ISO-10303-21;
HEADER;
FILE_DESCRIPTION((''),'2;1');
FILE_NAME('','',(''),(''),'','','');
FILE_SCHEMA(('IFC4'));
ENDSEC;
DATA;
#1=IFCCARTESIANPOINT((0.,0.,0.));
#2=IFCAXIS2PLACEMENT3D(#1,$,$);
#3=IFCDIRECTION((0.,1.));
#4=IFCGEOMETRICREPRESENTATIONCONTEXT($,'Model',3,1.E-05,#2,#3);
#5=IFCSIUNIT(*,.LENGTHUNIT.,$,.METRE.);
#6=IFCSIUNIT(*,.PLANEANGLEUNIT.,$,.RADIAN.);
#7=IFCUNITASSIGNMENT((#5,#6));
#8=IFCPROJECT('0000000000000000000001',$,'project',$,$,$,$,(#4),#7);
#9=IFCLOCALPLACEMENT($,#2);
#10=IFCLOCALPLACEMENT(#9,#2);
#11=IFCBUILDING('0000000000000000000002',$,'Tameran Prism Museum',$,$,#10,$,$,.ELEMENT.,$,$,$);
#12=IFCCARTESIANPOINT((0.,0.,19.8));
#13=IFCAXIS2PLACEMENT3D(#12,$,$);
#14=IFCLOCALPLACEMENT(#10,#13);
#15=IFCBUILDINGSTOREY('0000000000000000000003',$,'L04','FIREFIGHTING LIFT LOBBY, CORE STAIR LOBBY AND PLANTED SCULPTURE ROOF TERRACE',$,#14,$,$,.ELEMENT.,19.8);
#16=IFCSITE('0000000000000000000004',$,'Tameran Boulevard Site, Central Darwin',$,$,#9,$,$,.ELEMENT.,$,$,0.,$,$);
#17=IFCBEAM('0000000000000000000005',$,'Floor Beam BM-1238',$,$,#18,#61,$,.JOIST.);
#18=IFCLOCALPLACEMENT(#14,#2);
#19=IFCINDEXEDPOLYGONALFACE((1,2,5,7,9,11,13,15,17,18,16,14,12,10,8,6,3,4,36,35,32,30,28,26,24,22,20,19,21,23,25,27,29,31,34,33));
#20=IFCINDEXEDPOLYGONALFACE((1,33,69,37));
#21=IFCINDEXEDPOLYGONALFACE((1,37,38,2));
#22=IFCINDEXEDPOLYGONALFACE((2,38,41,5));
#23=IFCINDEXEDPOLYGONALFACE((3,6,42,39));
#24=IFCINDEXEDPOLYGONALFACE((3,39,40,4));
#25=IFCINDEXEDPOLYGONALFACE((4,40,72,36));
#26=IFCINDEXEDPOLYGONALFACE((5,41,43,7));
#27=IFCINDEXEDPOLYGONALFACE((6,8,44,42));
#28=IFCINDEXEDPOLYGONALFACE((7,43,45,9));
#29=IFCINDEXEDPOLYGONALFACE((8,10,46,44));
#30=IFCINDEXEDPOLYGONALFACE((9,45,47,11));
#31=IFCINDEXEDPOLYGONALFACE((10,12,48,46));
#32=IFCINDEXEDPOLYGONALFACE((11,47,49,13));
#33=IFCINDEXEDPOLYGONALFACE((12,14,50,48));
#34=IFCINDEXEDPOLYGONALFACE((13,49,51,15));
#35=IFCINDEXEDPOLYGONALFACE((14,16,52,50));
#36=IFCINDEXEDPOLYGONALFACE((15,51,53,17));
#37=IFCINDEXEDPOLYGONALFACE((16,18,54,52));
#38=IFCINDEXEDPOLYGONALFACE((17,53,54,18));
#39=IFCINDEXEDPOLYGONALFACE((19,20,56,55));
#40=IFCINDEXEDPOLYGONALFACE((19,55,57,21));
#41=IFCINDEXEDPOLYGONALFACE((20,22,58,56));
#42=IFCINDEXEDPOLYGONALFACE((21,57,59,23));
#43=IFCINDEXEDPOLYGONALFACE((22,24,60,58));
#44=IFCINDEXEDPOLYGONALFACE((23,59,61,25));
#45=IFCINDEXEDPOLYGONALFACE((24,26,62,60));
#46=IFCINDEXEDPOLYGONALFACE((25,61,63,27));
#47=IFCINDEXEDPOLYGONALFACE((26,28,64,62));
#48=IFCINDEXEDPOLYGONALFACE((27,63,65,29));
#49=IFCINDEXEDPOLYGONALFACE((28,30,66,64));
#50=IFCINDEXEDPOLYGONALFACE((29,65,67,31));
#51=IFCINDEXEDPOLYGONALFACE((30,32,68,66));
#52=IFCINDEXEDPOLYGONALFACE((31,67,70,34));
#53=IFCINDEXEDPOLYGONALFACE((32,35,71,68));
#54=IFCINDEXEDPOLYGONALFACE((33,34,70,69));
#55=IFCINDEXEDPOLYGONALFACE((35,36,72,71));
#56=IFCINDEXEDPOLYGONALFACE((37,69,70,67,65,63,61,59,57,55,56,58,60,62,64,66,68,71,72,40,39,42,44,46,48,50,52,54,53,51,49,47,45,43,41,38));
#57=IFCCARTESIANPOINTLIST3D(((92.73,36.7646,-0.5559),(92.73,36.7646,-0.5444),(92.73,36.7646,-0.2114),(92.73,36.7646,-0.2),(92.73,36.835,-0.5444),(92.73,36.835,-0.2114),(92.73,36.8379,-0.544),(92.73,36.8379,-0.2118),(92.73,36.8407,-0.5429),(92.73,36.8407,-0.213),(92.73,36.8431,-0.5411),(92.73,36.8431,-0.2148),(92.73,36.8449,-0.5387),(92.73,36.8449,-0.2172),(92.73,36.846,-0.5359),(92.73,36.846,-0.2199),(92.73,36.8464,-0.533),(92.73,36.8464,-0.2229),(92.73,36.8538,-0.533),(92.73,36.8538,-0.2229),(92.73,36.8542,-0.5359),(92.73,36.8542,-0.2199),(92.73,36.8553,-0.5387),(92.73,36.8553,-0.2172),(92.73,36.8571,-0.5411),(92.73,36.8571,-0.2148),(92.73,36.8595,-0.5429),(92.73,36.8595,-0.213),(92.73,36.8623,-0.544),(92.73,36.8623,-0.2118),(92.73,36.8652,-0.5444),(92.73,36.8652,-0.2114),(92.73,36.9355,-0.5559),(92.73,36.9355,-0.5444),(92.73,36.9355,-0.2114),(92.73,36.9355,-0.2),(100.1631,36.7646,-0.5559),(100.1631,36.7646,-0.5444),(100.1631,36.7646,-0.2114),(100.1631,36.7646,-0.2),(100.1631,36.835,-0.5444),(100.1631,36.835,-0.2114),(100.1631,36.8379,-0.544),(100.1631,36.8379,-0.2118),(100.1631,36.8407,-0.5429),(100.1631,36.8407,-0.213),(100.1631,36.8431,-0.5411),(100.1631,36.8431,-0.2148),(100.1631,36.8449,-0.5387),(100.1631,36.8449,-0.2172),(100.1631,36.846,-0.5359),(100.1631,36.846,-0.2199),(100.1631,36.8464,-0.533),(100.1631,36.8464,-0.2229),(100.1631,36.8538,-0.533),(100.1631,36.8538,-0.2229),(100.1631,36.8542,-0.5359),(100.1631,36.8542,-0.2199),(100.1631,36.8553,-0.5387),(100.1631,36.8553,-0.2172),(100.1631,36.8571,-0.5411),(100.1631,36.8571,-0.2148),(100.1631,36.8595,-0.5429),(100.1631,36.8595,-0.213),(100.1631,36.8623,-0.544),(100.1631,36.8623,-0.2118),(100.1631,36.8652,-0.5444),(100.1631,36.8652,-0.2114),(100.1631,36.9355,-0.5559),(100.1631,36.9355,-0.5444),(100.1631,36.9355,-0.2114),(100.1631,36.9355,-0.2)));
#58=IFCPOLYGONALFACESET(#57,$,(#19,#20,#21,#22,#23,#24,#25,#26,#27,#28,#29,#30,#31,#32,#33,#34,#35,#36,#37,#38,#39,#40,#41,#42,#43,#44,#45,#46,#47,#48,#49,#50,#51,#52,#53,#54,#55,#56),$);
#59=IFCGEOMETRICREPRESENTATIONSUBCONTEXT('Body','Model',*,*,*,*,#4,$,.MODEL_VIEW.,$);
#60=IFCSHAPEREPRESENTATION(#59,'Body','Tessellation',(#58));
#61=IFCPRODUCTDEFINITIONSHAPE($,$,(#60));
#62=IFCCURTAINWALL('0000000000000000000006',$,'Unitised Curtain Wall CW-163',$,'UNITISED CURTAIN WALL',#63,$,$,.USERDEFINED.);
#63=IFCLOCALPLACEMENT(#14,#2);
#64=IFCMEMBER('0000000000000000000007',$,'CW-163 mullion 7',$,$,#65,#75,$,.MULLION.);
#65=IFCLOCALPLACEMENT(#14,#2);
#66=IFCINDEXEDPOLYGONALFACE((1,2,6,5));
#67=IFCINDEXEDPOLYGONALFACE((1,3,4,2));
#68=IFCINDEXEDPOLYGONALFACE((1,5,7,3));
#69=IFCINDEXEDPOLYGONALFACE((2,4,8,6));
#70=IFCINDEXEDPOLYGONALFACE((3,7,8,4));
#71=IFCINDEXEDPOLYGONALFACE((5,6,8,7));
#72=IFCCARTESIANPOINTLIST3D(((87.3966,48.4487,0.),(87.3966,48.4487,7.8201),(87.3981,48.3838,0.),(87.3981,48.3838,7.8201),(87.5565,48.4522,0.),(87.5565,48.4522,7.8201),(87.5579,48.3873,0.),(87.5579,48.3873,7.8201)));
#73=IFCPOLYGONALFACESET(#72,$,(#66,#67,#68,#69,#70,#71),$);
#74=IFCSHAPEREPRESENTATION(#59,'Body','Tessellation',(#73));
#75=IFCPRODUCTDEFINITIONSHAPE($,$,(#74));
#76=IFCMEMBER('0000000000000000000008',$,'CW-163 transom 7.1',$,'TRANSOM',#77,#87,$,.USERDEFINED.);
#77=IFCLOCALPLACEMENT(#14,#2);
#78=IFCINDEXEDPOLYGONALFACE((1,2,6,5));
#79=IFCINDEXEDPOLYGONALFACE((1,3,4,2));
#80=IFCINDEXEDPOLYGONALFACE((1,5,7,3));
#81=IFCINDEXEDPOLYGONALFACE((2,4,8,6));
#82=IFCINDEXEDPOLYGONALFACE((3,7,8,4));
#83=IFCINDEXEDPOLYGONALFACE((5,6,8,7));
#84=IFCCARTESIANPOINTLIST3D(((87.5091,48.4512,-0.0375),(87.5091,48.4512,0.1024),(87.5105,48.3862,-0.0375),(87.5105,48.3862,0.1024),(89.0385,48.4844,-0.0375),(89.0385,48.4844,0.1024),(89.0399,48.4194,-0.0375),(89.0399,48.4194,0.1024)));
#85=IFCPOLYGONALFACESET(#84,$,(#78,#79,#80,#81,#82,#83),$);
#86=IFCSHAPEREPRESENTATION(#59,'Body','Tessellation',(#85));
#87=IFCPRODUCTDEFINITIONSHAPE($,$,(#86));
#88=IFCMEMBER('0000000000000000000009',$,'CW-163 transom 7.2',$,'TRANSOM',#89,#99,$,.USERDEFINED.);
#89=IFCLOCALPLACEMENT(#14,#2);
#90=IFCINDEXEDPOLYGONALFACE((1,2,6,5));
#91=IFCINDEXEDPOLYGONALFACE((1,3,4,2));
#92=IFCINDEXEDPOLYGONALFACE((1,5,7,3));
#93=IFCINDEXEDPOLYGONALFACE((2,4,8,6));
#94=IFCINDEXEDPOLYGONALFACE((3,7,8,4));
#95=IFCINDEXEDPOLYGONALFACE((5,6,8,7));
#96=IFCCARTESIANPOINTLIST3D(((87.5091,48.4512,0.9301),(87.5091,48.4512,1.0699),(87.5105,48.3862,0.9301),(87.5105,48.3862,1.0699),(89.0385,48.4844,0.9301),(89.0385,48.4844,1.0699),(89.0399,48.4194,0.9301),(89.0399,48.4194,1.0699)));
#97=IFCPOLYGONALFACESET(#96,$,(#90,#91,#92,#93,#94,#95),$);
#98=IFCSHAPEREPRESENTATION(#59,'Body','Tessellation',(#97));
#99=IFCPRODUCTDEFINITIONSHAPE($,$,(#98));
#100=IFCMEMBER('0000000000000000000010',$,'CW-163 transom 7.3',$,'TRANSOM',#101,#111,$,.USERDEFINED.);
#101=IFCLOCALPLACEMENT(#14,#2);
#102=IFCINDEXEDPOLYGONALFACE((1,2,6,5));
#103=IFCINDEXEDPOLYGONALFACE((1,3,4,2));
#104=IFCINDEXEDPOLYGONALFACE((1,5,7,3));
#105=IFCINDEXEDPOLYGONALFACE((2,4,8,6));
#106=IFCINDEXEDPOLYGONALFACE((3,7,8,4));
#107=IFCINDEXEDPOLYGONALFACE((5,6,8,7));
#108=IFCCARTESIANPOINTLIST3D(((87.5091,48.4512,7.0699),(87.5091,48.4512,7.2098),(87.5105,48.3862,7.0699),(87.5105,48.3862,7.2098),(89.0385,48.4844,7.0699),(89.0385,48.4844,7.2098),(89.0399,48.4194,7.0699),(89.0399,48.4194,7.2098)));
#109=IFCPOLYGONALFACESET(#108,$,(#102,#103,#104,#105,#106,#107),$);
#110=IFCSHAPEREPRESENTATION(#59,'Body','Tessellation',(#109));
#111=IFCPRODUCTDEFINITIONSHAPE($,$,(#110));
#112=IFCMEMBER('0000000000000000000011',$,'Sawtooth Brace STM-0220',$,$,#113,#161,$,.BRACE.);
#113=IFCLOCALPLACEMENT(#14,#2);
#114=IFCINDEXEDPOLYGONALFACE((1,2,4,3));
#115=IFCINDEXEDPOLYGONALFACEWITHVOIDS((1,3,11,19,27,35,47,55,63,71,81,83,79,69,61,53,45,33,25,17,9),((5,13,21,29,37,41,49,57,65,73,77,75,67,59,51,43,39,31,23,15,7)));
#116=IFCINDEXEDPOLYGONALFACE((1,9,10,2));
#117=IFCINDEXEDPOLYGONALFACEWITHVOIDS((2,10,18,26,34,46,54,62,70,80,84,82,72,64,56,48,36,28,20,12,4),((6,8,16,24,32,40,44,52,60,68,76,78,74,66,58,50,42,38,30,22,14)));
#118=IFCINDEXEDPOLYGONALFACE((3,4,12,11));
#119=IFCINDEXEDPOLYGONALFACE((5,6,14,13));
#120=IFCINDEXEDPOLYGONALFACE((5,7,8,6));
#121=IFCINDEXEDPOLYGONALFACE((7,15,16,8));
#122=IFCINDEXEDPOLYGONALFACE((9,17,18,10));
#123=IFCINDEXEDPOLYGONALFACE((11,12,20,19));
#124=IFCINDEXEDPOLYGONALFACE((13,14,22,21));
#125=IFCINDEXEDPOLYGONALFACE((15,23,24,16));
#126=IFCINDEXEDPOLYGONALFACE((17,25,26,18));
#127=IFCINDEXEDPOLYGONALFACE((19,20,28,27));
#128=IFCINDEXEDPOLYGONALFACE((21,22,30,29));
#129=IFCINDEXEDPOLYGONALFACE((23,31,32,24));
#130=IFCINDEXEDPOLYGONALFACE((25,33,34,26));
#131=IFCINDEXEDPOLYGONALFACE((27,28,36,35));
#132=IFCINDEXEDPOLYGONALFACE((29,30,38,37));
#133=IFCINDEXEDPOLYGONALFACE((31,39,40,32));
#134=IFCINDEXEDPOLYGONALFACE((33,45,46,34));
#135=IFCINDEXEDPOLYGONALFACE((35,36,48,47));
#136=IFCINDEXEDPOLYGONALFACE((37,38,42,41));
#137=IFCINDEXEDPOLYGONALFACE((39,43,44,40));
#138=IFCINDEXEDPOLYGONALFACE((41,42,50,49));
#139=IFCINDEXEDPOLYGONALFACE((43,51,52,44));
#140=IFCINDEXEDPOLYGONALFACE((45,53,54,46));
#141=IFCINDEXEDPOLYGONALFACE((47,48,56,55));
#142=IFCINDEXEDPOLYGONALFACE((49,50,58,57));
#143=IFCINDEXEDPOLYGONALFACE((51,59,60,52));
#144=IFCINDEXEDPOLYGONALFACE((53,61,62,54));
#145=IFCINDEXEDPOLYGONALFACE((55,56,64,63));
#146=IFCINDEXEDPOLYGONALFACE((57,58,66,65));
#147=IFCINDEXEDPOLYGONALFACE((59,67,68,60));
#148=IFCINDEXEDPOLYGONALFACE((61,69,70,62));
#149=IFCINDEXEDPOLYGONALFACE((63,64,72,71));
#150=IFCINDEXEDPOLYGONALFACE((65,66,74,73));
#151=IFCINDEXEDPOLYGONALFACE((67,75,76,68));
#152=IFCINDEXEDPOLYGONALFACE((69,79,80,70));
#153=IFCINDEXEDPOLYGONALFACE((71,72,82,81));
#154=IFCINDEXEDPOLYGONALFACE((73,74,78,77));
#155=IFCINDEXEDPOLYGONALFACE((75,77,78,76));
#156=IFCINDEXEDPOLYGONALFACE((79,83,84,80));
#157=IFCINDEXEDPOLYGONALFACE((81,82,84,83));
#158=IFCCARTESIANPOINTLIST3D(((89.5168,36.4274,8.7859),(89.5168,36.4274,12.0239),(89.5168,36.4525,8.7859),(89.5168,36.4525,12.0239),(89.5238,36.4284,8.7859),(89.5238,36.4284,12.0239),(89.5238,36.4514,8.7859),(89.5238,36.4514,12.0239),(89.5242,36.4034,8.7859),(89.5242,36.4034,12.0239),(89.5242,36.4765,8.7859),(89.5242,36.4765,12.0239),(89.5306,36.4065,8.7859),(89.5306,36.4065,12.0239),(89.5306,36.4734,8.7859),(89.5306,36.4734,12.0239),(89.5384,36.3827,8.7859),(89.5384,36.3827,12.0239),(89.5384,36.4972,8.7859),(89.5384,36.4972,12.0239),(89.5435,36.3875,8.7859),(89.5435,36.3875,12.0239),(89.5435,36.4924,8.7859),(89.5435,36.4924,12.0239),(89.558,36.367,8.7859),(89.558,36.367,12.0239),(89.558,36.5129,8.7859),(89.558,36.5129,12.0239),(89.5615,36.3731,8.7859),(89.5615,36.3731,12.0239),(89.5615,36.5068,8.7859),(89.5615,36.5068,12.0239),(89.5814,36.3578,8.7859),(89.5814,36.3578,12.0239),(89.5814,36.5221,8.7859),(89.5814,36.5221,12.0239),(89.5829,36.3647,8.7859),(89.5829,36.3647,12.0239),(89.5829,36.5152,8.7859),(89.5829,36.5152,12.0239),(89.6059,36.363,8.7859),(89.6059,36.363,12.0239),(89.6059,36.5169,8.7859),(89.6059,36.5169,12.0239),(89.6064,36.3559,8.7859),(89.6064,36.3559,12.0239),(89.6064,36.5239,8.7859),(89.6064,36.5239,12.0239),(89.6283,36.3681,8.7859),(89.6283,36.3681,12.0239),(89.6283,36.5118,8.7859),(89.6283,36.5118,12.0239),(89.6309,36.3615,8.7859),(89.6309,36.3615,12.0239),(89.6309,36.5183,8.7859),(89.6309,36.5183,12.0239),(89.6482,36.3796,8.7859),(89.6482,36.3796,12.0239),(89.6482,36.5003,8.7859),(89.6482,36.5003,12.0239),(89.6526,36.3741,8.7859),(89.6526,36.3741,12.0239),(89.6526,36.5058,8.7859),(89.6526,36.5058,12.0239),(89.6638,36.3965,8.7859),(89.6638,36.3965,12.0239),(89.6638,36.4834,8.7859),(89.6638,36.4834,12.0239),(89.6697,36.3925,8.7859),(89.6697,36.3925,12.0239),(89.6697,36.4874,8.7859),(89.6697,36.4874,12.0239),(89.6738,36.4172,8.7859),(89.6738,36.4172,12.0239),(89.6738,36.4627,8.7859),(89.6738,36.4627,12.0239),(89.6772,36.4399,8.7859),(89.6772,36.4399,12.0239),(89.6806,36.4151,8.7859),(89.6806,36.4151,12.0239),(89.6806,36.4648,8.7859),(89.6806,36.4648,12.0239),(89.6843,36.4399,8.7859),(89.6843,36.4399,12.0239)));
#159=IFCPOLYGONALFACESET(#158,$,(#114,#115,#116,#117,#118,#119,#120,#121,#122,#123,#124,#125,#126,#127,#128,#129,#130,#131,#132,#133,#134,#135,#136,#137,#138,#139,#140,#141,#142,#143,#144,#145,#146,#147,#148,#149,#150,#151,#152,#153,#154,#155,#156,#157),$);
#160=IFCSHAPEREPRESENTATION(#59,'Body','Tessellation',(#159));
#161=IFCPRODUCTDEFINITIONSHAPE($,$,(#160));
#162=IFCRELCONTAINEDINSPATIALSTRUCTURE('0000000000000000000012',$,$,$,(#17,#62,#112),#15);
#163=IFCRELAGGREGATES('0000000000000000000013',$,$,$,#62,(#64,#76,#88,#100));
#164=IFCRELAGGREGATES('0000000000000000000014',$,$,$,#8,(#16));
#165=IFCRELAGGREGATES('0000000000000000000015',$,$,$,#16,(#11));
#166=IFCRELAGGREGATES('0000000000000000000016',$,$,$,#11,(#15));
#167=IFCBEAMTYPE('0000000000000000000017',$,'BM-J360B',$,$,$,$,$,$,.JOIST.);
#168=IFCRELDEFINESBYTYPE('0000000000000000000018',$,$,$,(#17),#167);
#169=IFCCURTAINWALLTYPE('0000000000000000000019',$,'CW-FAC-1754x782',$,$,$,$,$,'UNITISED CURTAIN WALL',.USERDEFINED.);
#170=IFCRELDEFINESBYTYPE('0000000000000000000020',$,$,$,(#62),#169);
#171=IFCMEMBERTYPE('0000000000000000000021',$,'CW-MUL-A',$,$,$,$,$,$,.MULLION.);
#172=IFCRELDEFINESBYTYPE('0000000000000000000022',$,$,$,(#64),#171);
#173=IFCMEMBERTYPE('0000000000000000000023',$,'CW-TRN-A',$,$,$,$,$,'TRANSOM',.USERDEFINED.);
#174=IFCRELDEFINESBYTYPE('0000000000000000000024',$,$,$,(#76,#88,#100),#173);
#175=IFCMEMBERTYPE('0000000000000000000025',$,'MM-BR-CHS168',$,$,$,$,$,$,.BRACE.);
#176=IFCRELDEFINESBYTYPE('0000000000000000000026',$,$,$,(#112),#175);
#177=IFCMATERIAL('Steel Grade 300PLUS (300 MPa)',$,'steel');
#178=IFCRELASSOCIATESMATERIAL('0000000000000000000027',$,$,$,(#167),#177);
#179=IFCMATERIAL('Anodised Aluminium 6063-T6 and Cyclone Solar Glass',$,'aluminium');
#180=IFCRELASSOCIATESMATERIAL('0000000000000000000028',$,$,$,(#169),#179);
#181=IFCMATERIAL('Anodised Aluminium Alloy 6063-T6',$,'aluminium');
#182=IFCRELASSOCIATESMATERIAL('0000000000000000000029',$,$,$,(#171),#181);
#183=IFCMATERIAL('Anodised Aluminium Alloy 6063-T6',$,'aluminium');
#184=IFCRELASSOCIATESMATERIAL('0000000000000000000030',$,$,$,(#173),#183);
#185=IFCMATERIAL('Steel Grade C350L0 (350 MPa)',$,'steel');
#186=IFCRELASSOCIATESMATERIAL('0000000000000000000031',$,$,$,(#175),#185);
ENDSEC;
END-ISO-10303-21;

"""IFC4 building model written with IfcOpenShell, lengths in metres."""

from ifc_helpers import new_model, si_unit, direction, frame, origin, origin_2d, place, context, subcontext, project, spatial, rectangle, hollow_circle, i_section, extrude, material, material_profile, profile_set, type_object, element, aggregate, save


model = new_model("IFC4")

# Units and contexts
model_context = context("Model", 3, precision=1e-05, world=origin(), true_north=direction((0.0, 1.0)))
body_context = subcontext(model_context, "Body", "Model", "MODEL_VIEW")
ifc_project = project(units=[si_unit("LENGTHUNIT", "METRE"), si_unit("PLANEANGLEUNIT", "RADIAN")], contexts=[model_context])

# Site, building, storey
site_placement = place(None, origin())
site = spatial("IfcSite", under=ifc_project, at=site_placement, Name="Tameran Boulevard Site, Central Darwin", CompositionType="ELEMENT", RefElevation=0.0)
building_placement = place(site_placement, origin())
building = spatial("IfcBuilding", under=site, at=building_placement, Name="Tameran Prism Museum", CompositionType="ELEMENT")
storey_placement = place(building_placement, frame((0.0, 0.0, 19.8)))
storey = spatial("IfcBuildingStorey", under=building, at=storey_placement, Name="L04", Description="FIREFIGHTING LIFT LOBBY, CORE STAIR LOBBY AND PLANTED SCULPTURE ROOF TERRACE", CompositionType="ELEMENT", Elevation=19.8)

# Beam
ifc_material_1 = material(Name="Steel Grade 300PLUS (300 MPa)", Category="steel")
ifc_material_profile_1 = material_profile(ifc_material_1, i_section(OverallWidth=0.1709, OverallDepth=0.356, WebThickness=0.0073, FlangeThickness=0.0115, FilletRadius=0.0115, at=origin_2d()))
ifc_profile_set_1 = profile_set([ifc_material_profile_1])
beam_type = type_object("IfcBeamType", Name="BM-J360B", PredefinedType="JOIST", material=ifc_profile_set_1)
beam_placement = place(storey_placement, frame((92.73, 36.8501, -0.3779), z_axis=(1.0, 0.0, 0.0), x_axis=(0.0, 1.0, 0.0)))
element("IfcBeam", 1, at=beam_placement, inside=storey, type_object=beam_type, Name="Floor Beam BM-1238", PredefinedType="JOIST", context=body_context, shape_type="SweptSolid", body=[
    extrude(i_section(OverallWidth=0.1709, OverallDepth=0.356, WebThickness=0.0073, FlangeThickness=0.0115, FilletRadius=0.0115, at=origin_2d()), origin(), (0.0, 0.0, 1.0), 7.4331),
])

# Curtain wall, members
ifc_material_2 = material(Name="Anodised Aluminium 6063-T6 and Cyclone Solar Glass", Category="aluminium")
curtain_wall_type = type_object("IfcCurtainWallType", Name="CW-FAC-1754x782", ElementType="UNITISED CURTAIN WALL", PredefinedType="USERDEFINED", material=ifc_material_2)
curtain_wall_placement = place(storey_placement, origin())
curtain_wall = element("IfcCurtainWall", 2, at=curtain_wall_placement, inside=storey, type_object=curtain_wall_type, Name="Unitised Curtain Wall CW-163", ObjectType="UNITISED CURTAIN WALL", PredefinedType="USERDEFINED")
ifc_material_3 = material(Name="Anodised Aluminium Alloy 6063-T6", Category="aluminium")
ifc_material_profile_2 = material_profile(ifc_material_3, rectangle(XDim=0.0649, YDim=0.1599, at=origin_2d()))
ifc_profile_set_2 = profile_set([ifc_material_profile_2])
member_type_1 = type_object("IfcMemberType", Name="CW-MUL-A", PredefinedType="MULLION", material=ifc_profile_set_2)
member_1_placement = place(storey_placement, frame((87.4773, 48.418, 0.0), z_axis=(0.0, 0.0, 1.0), x_axis=(-0.021831, 0.999762, 0.0)))
member_1 = element("IfcMember", 3, at=member_1_placement, type_object=member_type_1, Name="CW-163 mullion 7", PredefinedType="MULLION", context=body_context, shape_type="SweptSolid", body=[
    extrude(rectangle(XDim=0.0649, YDim=0.1599, at=origin_2d()), origin(), (0.0, 0.0, 1.0), 7.8201),
])
ifc_material_4 = material(Name="Anodised Aluminium Alloy 6063-T6", Category="aluminium")
ifc_material_profile_3 = material_profile(ifc_material_4, rectangle(XDim=0.0649, YDim=0.1399, at=origin_2d()))
ifc_profile_set_3 = profile_set([ifc_material_profile_3])
member_type_2 = type_object("IfcMemberType", Name="CW-TRN-A", ElementType="TRANSOM", PredefinedType="USERDEFINED", material=ifc_profile_set_3)
member_2_placement = place(storey_placement, frame((87.5098, 48.4187, 0.0325), z_axis=(0.999764, 0.021703, 0.0), x_axis=(-0.021703, 0.999764, 0.0)))
member_2 = element("IfcMember", 4, at=member_2_placement, type_object=member_type_2, Name="CW-163 transom 7.1", ObjectType="TRANSOM", PredefinedType="USERDEFINED", context=body_context, shape_type="SweptSolid", body=[
    extrude(rectangle(XDim=0.0649, YDim=0.1399, at=origin_2d()), origin(), (0.0, 0.0, 1.0), 1.5298),
])
member_3_placement = place(storey_placement, frame((87.5098, 48.4187, 1.0), z_axis=(0.999764, 0.021703, 0.0), x_axis=(-0.021703, 0.999764, 0.0)))
member_3 = element("IfcMember", 5, at=member_3_placement, type_object=member_type_2, Name="CW-163 transom 7.2", ObjectType="TRANSOM", PredefinedType="USERDEFINED", context=body_context, shape_type="SweptSolid", body=[
    extrude(rectangle(XDim=0.0649, YDim=0.1399, at=origin_2d()), origin(), (0.0, 0.0, 1.0), 1.5298),
])
member_4_placement = place(storey_placement, frame((87.5098, 48.4187, 7.1399), z_axis=(0.999764, 0.021703, 0.0), x_axis=(-0.021703, 0.999764, 0.0)))
member_4 = element("IfcMember", 6, at=member_4_placement, type_object=member_type_2, Name="CW-163 transom 7.3", ObjectType="TRANSOM", PredefinedType="USERDEFINED", context=body_context, shape_type="SweptSolid", body=[
    extrude(rectangle(XDim=0.0649, YDim=0.1399, at=origin_2d()), origin(), (0.0, 0.0, 1.0), 1.5298),
])
aggregate(curtain_wall, [member_1, member_2, member_3, member_4])

# Member
ifc_material_5 = material(Name="Steel Grade C350L0 (350 MPa)", Category="steel")
ifc_material_profile_4 = material_profile(ifc_material_5, hollow_circle(Radius=0.0842, WallThickness=0.0071, at=origin_2d()))
ifc_profile_set_4 = profile_set([ifc_material_profile_4])
member_type_3 = type_object("IfcMemberType", Name="MM-BR-CHS168", PredefinedType="BRACE", material=ifc_profile_set_4)
member_5_placement = place(storey_placement, frame((89.6001, 36.4399, 8.7859), z_axis=(0.0, 0.0, 1.0), x_axis=(1.0, 0.0, 0.0)))
element("IfcMember", 7, at=member_5_placement, inside=storey, type_object=member_type_3, Name="Sawtooth Brace STM-0220", PredefinedType="BRACE", context=body_context, shape_type="SweptSolid", body=[
    extrude(hollow_circle(Radius=0.0842, WallThickness=0.0071, at=origin_2d()), origin(), (0.0, 0.0, 1.0), 3.238),
])

save(model, "model.ifc")
